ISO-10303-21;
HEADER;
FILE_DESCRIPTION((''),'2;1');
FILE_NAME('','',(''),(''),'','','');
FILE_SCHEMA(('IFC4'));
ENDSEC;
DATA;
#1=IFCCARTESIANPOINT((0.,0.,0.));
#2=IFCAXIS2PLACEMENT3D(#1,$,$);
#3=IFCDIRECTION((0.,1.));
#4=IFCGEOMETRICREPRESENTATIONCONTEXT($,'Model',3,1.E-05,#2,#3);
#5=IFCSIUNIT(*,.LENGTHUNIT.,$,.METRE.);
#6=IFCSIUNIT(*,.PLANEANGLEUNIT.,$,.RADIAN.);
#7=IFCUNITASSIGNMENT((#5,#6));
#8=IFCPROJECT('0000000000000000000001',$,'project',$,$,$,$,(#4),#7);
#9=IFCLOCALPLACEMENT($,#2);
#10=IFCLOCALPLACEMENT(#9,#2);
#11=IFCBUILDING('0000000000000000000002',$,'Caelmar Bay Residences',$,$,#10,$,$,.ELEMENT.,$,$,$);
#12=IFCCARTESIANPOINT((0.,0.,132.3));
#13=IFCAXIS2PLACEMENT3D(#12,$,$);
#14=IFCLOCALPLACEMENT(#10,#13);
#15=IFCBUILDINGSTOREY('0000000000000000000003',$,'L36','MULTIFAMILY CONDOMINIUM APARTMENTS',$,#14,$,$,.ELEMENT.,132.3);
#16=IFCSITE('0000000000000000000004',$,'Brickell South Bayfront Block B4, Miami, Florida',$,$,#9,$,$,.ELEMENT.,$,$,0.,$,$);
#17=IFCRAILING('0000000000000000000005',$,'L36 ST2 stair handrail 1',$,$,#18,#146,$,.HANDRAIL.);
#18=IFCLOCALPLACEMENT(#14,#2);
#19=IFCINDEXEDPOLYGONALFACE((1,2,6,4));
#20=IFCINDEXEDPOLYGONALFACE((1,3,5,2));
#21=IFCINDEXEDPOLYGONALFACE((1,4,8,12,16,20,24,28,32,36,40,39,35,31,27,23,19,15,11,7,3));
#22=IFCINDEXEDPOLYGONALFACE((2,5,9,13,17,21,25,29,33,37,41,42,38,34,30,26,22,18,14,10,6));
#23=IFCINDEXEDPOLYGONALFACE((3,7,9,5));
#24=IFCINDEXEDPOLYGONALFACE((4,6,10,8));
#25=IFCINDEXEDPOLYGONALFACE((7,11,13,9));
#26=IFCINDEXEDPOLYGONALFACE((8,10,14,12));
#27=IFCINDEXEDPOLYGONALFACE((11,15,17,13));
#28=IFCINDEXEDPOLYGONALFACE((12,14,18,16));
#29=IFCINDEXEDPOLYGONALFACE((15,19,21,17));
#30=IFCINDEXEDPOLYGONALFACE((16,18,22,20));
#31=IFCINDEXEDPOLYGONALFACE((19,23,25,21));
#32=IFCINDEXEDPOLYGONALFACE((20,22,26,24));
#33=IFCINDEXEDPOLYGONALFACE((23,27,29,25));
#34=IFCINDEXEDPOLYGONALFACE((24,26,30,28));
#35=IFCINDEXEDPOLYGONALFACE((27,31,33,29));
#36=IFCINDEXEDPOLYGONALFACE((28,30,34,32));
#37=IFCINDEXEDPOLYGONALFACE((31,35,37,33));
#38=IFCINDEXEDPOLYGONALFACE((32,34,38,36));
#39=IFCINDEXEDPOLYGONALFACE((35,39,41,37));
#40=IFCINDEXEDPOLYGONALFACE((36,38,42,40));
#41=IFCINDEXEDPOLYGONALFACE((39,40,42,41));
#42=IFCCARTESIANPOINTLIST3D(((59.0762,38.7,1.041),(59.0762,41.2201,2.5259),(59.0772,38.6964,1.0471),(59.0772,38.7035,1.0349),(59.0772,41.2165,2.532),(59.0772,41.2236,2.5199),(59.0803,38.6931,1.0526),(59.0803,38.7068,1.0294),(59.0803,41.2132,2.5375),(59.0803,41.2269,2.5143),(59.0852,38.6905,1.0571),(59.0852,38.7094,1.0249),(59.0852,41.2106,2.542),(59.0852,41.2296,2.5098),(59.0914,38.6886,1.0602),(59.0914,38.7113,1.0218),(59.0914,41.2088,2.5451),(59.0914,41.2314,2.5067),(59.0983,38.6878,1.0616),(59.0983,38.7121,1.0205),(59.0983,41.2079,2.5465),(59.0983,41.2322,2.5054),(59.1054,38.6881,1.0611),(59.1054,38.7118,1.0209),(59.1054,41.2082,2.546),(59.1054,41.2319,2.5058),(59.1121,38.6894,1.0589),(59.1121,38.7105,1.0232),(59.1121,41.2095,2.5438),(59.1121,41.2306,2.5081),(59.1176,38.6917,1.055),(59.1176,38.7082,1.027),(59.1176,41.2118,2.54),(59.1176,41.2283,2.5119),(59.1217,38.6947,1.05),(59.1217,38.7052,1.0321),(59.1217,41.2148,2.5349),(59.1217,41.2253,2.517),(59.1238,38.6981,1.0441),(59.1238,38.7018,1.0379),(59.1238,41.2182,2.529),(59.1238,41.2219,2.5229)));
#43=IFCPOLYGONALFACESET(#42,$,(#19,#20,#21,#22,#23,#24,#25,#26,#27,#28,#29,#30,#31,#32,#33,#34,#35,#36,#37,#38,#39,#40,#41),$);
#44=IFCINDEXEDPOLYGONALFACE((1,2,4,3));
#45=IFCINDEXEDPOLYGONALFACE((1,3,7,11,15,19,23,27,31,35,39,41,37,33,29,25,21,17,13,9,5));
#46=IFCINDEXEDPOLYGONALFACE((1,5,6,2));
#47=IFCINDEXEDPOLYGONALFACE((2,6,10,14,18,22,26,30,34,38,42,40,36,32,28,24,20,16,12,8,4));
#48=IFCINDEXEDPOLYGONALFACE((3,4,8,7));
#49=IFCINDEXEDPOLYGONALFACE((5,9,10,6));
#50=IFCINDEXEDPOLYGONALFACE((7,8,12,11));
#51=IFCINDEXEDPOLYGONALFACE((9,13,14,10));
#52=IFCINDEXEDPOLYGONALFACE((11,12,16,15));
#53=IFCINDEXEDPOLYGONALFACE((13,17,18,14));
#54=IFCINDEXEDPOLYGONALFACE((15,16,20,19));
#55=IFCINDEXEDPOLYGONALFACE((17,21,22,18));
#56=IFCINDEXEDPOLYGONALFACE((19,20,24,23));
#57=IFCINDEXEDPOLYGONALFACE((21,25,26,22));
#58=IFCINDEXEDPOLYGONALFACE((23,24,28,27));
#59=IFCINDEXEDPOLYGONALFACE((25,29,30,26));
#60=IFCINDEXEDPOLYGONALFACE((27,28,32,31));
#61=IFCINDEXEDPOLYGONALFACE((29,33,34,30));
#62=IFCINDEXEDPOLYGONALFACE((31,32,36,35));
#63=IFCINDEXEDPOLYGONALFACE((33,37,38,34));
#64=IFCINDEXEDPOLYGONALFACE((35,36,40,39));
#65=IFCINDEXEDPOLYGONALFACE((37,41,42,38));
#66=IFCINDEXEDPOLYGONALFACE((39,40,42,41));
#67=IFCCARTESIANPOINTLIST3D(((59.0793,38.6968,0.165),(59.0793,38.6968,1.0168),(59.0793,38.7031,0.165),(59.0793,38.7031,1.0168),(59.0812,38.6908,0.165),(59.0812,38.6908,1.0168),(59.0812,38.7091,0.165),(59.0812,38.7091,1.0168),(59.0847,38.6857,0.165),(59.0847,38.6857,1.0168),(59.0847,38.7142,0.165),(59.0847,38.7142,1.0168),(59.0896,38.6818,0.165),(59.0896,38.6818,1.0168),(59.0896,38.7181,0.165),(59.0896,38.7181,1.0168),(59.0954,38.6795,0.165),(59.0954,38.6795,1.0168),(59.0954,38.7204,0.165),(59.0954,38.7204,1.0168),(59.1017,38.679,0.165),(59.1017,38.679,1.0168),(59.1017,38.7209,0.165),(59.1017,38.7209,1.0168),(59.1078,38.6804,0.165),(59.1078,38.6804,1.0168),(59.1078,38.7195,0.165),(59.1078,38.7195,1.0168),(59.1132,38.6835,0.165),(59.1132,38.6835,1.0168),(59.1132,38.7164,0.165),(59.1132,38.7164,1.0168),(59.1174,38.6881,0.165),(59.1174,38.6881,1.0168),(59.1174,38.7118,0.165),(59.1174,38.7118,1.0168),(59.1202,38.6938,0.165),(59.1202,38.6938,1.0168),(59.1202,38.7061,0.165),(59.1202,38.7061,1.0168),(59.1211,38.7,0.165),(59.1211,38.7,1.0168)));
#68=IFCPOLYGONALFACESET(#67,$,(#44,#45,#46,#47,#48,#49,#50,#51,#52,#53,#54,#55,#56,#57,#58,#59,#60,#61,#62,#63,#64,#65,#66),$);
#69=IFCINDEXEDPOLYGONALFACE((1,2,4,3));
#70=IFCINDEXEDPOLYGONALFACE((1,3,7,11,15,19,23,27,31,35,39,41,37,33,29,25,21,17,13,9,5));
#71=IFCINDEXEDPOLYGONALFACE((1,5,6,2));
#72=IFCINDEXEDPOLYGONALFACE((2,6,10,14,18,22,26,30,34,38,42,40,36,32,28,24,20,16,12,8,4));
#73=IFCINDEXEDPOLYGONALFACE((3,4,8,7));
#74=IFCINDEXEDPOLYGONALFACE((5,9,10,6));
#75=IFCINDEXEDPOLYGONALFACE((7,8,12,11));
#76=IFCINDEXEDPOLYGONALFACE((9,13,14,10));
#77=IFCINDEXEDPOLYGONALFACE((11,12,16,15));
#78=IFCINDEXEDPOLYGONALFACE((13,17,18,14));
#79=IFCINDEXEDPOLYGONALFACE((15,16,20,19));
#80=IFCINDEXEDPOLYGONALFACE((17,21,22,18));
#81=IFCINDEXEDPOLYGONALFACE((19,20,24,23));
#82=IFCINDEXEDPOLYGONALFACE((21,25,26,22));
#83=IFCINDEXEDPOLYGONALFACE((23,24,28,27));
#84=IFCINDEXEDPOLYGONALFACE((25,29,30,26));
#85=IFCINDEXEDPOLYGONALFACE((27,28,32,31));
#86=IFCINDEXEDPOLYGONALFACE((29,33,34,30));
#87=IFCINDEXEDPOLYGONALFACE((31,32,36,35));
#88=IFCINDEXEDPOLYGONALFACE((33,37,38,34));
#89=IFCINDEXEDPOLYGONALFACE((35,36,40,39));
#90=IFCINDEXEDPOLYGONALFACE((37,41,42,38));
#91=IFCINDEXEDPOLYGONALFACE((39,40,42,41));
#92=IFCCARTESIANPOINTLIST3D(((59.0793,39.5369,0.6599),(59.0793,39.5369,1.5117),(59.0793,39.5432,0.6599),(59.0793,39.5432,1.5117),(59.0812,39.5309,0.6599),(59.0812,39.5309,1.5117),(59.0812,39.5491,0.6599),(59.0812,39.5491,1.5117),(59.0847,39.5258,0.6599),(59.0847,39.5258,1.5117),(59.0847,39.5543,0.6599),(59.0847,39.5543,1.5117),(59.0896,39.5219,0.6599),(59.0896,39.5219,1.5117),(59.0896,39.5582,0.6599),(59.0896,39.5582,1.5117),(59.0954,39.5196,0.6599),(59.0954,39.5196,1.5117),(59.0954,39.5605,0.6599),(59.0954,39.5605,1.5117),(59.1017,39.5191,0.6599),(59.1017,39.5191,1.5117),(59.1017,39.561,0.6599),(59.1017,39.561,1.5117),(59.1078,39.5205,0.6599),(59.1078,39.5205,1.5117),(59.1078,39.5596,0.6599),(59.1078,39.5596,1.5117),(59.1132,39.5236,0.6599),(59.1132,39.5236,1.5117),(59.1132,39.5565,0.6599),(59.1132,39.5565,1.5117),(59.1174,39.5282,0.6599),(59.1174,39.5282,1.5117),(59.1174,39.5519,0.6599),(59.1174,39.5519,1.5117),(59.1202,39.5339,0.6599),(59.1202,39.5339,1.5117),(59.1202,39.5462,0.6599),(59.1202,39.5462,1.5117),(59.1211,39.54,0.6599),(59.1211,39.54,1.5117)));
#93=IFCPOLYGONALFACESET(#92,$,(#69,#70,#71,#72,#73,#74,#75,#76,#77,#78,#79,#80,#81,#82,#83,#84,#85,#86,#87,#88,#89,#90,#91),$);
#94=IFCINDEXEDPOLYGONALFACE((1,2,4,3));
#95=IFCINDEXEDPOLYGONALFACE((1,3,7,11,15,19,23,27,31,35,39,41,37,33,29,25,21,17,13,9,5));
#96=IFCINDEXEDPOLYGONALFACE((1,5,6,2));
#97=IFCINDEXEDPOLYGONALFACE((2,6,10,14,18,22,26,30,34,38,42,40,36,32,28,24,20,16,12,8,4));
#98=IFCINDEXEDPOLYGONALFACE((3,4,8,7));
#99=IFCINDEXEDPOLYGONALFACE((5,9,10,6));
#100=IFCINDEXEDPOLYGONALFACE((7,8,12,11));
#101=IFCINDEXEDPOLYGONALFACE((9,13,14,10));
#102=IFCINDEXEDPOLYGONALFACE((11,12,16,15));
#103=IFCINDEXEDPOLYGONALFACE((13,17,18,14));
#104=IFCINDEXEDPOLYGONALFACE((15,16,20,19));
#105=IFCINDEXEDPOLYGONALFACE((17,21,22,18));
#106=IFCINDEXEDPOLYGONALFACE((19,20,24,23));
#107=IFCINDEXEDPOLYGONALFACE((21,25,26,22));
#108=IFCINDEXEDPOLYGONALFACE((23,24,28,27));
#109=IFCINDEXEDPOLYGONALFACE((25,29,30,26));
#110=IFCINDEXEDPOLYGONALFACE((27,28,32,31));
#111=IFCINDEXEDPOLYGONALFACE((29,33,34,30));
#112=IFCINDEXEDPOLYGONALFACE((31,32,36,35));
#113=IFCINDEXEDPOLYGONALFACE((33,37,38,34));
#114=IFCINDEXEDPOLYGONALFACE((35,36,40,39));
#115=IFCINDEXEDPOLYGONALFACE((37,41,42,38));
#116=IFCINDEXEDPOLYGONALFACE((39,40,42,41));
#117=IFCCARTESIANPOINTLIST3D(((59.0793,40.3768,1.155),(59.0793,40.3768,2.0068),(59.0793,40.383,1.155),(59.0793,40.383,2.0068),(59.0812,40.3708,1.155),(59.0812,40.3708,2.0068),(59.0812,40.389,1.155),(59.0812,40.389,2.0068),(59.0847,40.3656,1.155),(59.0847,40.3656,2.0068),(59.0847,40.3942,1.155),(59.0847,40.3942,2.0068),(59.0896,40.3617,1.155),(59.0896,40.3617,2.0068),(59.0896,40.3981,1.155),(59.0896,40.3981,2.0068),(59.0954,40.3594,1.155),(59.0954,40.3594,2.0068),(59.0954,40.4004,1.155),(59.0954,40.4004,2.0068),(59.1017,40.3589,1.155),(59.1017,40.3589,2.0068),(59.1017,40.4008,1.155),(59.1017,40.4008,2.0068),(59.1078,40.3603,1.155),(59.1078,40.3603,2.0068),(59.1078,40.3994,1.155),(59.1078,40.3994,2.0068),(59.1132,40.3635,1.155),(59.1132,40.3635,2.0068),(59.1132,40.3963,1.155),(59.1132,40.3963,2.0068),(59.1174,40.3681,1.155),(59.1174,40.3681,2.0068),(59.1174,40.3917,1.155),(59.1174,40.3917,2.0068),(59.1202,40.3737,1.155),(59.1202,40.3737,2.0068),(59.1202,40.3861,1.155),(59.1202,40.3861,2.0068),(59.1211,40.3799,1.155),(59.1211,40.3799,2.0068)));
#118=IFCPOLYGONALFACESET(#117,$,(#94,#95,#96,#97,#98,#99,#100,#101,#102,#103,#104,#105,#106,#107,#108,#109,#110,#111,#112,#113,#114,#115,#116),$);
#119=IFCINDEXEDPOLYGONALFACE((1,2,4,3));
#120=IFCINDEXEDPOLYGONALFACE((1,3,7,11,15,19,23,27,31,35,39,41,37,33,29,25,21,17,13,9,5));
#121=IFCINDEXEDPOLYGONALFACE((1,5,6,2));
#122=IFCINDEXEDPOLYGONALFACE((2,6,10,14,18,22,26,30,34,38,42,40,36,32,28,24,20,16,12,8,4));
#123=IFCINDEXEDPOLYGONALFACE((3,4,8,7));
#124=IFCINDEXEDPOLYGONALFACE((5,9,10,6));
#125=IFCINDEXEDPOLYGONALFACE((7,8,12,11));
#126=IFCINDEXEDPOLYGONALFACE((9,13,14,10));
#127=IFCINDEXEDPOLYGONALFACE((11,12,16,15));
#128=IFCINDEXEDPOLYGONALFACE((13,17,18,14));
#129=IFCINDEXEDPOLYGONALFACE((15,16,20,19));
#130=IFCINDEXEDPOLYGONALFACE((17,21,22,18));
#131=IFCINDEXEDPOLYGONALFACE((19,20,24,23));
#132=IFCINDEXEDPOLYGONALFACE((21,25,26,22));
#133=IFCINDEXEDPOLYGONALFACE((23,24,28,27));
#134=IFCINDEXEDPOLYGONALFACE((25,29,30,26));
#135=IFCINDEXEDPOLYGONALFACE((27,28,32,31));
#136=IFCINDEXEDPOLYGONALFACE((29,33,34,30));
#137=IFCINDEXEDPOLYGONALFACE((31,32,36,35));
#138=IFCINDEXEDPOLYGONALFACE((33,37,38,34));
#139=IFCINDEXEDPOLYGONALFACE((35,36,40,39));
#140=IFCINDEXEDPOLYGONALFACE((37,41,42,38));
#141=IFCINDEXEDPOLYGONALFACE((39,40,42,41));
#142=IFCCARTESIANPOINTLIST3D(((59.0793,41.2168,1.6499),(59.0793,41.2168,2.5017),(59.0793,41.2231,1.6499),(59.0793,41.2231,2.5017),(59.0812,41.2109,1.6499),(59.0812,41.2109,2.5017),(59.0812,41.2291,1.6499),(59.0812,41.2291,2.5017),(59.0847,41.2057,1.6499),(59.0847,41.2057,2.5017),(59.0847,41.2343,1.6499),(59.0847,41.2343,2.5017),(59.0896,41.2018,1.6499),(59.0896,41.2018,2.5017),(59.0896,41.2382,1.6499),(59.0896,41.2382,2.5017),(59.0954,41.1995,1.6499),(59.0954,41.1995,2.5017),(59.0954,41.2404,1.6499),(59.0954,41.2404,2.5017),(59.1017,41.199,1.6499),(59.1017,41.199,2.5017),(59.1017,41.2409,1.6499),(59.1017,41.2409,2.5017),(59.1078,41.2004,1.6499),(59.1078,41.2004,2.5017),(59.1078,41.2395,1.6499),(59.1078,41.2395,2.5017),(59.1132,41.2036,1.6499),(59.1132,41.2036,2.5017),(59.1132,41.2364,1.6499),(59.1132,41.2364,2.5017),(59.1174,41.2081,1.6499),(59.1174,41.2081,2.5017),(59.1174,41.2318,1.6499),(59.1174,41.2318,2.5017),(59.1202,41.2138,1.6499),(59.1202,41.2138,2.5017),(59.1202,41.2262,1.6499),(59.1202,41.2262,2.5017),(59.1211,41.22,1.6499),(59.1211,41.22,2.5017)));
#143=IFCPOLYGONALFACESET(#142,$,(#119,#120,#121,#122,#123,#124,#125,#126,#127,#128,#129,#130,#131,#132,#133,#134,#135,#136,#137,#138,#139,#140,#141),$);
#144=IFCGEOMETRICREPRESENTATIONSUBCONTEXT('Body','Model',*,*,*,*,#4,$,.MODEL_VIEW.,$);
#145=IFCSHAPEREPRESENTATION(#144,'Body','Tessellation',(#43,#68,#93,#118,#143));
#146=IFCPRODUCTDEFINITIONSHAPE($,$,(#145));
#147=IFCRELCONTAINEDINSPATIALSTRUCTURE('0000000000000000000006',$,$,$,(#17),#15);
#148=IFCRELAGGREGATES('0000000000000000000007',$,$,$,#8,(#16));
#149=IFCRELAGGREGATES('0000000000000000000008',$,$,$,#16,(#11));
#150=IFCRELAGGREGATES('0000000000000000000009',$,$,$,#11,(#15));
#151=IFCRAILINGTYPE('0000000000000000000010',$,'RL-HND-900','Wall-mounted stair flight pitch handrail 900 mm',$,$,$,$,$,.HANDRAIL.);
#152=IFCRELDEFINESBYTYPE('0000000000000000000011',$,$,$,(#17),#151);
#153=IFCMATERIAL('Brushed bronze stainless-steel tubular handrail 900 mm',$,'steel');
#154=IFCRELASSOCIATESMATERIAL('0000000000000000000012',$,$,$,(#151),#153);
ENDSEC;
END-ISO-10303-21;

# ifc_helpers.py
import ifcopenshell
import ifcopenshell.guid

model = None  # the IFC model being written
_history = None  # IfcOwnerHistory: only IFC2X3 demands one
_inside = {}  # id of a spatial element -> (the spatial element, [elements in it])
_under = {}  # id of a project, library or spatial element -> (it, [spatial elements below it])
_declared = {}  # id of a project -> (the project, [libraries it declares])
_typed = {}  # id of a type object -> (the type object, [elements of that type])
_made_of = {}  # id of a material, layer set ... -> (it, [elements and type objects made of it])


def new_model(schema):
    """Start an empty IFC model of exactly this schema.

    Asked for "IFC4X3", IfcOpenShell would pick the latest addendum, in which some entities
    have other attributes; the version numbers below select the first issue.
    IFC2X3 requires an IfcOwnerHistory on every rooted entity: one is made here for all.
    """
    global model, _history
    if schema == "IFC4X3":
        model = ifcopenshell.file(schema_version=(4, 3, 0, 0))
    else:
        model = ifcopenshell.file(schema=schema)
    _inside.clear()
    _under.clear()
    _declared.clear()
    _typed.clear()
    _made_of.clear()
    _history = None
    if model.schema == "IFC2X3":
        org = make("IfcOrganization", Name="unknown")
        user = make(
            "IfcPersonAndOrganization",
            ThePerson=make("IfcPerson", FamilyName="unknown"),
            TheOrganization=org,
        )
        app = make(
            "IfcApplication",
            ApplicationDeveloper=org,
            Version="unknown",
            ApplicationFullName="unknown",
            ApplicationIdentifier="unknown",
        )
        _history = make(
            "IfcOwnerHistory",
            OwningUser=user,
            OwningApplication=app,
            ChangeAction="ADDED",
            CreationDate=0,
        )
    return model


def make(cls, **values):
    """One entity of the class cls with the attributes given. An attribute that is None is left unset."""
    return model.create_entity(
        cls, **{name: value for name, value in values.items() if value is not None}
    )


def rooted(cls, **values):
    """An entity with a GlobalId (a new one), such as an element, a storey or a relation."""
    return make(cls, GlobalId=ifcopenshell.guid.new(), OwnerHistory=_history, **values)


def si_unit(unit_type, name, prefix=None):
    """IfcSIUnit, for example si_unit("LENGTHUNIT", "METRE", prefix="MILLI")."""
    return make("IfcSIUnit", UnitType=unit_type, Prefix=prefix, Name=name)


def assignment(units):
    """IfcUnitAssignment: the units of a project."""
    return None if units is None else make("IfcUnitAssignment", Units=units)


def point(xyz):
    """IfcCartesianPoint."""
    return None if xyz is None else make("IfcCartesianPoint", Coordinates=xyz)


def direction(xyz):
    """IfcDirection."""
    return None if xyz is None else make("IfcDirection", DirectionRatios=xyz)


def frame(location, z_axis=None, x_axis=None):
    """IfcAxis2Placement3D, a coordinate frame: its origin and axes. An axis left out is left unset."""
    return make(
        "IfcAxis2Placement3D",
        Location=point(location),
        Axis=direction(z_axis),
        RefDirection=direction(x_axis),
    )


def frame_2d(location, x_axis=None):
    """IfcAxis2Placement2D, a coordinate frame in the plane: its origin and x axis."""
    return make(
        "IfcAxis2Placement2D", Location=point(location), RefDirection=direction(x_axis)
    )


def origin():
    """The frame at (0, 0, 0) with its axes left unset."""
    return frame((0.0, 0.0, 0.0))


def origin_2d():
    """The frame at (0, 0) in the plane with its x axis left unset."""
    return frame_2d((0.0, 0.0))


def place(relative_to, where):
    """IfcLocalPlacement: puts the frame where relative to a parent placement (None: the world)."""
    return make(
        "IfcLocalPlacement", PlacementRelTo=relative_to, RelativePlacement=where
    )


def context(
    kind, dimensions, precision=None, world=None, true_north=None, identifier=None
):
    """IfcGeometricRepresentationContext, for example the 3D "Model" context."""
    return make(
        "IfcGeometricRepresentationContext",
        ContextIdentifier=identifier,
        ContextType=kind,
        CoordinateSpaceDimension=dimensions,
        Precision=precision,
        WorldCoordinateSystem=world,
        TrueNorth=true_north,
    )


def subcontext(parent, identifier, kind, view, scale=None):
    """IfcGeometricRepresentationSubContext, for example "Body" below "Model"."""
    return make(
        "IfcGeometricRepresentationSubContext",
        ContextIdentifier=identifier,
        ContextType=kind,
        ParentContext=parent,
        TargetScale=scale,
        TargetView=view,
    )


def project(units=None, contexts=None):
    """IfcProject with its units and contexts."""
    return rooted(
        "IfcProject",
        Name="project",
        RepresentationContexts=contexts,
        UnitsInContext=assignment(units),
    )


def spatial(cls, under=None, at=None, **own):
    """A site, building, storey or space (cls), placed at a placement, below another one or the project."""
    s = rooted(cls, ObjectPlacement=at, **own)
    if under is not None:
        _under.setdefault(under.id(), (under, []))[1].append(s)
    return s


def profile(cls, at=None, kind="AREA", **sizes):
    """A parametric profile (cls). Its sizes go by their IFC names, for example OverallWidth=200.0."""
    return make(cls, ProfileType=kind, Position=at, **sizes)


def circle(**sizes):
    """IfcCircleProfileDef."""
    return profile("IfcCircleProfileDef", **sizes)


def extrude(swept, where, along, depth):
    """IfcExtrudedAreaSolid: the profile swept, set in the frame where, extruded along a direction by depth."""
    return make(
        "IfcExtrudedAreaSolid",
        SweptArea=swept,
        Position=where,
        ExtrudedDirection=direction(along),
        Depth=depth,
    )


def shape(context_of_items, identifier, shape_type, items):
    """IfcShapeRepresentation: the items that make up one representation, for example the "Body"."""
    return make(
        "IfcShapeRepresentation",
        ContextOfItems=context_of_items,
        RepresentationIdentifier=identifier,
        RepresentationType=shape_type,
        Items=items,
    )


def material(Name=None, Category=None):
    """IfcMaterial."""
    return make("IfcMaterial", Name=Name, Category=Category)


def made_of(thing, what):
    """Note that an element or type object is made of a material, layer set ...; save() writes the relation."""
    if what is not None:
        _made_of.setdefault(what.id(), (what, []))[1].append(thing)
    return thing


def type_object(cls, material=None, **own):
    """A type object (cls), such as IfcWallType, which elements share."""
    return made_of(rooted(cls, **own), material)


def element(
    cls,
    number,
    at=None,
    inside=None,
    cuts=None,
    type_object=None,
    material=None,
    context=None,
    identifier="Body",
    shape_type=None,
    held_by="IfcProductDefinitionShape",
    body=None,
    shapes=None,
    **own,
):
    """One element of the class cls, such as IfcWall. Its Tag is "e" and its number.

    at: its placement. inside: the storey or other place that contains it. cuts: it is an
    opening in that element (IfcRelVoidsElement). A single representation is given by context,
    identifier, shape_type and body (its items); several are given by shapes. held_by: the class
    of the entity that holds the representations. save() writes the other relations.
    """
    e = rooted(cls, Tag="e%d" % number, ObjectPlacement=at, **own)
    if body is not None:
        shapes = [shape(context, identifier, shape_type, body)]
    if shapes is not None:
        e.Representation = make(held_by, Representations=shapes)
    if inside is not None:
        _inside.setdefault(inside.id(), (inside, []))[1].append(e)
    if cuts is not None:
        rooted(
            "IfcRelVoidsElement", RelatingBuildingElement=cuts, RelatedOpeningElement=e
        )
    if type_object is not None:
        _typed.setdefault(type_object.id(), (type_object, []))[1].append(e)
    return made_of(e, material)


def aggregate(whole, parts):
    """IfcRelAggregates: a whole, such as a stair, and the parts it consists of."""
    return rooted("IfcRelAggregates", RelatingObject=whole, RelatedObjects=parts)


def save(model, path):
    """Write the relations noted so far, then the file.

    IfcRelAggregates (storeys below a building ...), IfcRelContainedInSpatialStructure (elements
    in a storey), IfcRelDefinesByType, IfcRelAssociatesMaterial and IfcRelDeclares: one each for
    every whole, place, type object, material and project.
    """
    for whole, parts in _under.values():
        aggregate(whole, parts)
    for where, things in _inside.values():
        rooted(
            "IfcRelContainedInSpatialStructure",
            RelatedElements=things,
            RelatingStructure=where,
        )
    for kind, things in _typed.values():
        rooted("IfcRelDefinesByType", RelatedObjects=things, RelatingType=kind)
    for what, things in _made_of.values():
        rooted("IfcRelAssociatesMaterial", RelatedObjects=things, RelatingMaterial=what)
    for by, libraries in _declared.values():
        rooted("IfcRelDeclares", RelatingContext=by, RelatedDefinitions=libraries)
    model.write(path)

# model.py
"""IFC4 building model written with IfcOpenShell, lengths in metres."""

from ifc_helpers import new_model, si_unit, direction, frame, origin, origin_2d, place, context, subcontext, project, spatial, circle, extrude, material, type_object, element, save


model = new_model("IFC4")

# Units and contexts
model_context = context("Model", 3, precision=1e-05, world=origin(), true_north=direction((0.0, 1.0)))
body_context = subcontext(model_context, "Body", "Model", "MODEL_VIEW")
ifc_project = project(units=[si_unit("LENGTHUNIT", "METRE"), si_unit("PLANEANGLEUNIT", "RADIAN")], contexts=[model_context])

# Site, building, storey
site_placement = place(None, origin())
site = spatial("IfcSite", under=ifc_project, at=site_placement, Name="Brickell South Bayfront Block B4, Miami, Florida", CompositionType="ELEMENT", RefElevation=0.0)
building_placement = place(site_placement, origin())
building = spatial("IfcBuilding", under=site, at=building_placement, Name="Caelmar Bay Residences", CompositionType="ELEMENT")
storey_placement = place(building_placement, frame((0.0, 0.0, 132.3)))
storey = spatial("IfcBuildingStorey", under=building, at=storey_placement, Name="L36", Description="MULTIFAMILY CONDOMINIUM APARTMENTS", CompositionType="ELEMENT", Elevation=132.3)

# Railing
ifc_material_1 = material(Name="Brushed bronze stainless-steel tubular handrail 900 mm", Category="steel")
railing_type_1 = type_object("IfcRailingType", Name="RL-HND-900", Description="Wall-mounted stair flight pitch handrail 900 mm", PredefinedType="HANDRAIL", material=ifc_material_1)
railing_1_placement = place(storey_placement, frame((59.1001, 38.7, 0.165)))
element("IfcRailing", 1, at=railing_1_placement, inside=storey, type_object=railing_type_1, Name="L36 ST2 stair handrail 1", PredefinedType="HANDRAIL", context=body_context, shape_type="SweptSolid", body=[
    extrude(circle(Radius=0.0239, at=origin_2d()), frame((0.0, 0.0, 0.876), z_axis=(0.0, 0.861561, 0.507655), x_axis=(-1.0, 0.0, 0.0)), (0.0, 0.0, 1.0), 2.925),
    extrude(circle(Radius=0.021, at=origin_2d()), origin(), (0.0, 0.0, 1.0), 0.8518),
    extrude(circle(Radius=0.021, at=origin_2d()), frame((0.0, 0.8401, 0.4949)), (0.0, 0.0, 1.0), 0.8518),
    extrude(circle(Radius=0.021, at=origin_2d()), frame((0.0, 1.6799, 0.99)), (0.0, 0.0, 1.0), 0.8518),
    extrude(circle(Radius=0.021, at=origin_2d()), frame((0.0, 2.52, 1.4849)), (0.0, 0.0, 1.0), 0.8518),
])

save(model, "model.ifc")
